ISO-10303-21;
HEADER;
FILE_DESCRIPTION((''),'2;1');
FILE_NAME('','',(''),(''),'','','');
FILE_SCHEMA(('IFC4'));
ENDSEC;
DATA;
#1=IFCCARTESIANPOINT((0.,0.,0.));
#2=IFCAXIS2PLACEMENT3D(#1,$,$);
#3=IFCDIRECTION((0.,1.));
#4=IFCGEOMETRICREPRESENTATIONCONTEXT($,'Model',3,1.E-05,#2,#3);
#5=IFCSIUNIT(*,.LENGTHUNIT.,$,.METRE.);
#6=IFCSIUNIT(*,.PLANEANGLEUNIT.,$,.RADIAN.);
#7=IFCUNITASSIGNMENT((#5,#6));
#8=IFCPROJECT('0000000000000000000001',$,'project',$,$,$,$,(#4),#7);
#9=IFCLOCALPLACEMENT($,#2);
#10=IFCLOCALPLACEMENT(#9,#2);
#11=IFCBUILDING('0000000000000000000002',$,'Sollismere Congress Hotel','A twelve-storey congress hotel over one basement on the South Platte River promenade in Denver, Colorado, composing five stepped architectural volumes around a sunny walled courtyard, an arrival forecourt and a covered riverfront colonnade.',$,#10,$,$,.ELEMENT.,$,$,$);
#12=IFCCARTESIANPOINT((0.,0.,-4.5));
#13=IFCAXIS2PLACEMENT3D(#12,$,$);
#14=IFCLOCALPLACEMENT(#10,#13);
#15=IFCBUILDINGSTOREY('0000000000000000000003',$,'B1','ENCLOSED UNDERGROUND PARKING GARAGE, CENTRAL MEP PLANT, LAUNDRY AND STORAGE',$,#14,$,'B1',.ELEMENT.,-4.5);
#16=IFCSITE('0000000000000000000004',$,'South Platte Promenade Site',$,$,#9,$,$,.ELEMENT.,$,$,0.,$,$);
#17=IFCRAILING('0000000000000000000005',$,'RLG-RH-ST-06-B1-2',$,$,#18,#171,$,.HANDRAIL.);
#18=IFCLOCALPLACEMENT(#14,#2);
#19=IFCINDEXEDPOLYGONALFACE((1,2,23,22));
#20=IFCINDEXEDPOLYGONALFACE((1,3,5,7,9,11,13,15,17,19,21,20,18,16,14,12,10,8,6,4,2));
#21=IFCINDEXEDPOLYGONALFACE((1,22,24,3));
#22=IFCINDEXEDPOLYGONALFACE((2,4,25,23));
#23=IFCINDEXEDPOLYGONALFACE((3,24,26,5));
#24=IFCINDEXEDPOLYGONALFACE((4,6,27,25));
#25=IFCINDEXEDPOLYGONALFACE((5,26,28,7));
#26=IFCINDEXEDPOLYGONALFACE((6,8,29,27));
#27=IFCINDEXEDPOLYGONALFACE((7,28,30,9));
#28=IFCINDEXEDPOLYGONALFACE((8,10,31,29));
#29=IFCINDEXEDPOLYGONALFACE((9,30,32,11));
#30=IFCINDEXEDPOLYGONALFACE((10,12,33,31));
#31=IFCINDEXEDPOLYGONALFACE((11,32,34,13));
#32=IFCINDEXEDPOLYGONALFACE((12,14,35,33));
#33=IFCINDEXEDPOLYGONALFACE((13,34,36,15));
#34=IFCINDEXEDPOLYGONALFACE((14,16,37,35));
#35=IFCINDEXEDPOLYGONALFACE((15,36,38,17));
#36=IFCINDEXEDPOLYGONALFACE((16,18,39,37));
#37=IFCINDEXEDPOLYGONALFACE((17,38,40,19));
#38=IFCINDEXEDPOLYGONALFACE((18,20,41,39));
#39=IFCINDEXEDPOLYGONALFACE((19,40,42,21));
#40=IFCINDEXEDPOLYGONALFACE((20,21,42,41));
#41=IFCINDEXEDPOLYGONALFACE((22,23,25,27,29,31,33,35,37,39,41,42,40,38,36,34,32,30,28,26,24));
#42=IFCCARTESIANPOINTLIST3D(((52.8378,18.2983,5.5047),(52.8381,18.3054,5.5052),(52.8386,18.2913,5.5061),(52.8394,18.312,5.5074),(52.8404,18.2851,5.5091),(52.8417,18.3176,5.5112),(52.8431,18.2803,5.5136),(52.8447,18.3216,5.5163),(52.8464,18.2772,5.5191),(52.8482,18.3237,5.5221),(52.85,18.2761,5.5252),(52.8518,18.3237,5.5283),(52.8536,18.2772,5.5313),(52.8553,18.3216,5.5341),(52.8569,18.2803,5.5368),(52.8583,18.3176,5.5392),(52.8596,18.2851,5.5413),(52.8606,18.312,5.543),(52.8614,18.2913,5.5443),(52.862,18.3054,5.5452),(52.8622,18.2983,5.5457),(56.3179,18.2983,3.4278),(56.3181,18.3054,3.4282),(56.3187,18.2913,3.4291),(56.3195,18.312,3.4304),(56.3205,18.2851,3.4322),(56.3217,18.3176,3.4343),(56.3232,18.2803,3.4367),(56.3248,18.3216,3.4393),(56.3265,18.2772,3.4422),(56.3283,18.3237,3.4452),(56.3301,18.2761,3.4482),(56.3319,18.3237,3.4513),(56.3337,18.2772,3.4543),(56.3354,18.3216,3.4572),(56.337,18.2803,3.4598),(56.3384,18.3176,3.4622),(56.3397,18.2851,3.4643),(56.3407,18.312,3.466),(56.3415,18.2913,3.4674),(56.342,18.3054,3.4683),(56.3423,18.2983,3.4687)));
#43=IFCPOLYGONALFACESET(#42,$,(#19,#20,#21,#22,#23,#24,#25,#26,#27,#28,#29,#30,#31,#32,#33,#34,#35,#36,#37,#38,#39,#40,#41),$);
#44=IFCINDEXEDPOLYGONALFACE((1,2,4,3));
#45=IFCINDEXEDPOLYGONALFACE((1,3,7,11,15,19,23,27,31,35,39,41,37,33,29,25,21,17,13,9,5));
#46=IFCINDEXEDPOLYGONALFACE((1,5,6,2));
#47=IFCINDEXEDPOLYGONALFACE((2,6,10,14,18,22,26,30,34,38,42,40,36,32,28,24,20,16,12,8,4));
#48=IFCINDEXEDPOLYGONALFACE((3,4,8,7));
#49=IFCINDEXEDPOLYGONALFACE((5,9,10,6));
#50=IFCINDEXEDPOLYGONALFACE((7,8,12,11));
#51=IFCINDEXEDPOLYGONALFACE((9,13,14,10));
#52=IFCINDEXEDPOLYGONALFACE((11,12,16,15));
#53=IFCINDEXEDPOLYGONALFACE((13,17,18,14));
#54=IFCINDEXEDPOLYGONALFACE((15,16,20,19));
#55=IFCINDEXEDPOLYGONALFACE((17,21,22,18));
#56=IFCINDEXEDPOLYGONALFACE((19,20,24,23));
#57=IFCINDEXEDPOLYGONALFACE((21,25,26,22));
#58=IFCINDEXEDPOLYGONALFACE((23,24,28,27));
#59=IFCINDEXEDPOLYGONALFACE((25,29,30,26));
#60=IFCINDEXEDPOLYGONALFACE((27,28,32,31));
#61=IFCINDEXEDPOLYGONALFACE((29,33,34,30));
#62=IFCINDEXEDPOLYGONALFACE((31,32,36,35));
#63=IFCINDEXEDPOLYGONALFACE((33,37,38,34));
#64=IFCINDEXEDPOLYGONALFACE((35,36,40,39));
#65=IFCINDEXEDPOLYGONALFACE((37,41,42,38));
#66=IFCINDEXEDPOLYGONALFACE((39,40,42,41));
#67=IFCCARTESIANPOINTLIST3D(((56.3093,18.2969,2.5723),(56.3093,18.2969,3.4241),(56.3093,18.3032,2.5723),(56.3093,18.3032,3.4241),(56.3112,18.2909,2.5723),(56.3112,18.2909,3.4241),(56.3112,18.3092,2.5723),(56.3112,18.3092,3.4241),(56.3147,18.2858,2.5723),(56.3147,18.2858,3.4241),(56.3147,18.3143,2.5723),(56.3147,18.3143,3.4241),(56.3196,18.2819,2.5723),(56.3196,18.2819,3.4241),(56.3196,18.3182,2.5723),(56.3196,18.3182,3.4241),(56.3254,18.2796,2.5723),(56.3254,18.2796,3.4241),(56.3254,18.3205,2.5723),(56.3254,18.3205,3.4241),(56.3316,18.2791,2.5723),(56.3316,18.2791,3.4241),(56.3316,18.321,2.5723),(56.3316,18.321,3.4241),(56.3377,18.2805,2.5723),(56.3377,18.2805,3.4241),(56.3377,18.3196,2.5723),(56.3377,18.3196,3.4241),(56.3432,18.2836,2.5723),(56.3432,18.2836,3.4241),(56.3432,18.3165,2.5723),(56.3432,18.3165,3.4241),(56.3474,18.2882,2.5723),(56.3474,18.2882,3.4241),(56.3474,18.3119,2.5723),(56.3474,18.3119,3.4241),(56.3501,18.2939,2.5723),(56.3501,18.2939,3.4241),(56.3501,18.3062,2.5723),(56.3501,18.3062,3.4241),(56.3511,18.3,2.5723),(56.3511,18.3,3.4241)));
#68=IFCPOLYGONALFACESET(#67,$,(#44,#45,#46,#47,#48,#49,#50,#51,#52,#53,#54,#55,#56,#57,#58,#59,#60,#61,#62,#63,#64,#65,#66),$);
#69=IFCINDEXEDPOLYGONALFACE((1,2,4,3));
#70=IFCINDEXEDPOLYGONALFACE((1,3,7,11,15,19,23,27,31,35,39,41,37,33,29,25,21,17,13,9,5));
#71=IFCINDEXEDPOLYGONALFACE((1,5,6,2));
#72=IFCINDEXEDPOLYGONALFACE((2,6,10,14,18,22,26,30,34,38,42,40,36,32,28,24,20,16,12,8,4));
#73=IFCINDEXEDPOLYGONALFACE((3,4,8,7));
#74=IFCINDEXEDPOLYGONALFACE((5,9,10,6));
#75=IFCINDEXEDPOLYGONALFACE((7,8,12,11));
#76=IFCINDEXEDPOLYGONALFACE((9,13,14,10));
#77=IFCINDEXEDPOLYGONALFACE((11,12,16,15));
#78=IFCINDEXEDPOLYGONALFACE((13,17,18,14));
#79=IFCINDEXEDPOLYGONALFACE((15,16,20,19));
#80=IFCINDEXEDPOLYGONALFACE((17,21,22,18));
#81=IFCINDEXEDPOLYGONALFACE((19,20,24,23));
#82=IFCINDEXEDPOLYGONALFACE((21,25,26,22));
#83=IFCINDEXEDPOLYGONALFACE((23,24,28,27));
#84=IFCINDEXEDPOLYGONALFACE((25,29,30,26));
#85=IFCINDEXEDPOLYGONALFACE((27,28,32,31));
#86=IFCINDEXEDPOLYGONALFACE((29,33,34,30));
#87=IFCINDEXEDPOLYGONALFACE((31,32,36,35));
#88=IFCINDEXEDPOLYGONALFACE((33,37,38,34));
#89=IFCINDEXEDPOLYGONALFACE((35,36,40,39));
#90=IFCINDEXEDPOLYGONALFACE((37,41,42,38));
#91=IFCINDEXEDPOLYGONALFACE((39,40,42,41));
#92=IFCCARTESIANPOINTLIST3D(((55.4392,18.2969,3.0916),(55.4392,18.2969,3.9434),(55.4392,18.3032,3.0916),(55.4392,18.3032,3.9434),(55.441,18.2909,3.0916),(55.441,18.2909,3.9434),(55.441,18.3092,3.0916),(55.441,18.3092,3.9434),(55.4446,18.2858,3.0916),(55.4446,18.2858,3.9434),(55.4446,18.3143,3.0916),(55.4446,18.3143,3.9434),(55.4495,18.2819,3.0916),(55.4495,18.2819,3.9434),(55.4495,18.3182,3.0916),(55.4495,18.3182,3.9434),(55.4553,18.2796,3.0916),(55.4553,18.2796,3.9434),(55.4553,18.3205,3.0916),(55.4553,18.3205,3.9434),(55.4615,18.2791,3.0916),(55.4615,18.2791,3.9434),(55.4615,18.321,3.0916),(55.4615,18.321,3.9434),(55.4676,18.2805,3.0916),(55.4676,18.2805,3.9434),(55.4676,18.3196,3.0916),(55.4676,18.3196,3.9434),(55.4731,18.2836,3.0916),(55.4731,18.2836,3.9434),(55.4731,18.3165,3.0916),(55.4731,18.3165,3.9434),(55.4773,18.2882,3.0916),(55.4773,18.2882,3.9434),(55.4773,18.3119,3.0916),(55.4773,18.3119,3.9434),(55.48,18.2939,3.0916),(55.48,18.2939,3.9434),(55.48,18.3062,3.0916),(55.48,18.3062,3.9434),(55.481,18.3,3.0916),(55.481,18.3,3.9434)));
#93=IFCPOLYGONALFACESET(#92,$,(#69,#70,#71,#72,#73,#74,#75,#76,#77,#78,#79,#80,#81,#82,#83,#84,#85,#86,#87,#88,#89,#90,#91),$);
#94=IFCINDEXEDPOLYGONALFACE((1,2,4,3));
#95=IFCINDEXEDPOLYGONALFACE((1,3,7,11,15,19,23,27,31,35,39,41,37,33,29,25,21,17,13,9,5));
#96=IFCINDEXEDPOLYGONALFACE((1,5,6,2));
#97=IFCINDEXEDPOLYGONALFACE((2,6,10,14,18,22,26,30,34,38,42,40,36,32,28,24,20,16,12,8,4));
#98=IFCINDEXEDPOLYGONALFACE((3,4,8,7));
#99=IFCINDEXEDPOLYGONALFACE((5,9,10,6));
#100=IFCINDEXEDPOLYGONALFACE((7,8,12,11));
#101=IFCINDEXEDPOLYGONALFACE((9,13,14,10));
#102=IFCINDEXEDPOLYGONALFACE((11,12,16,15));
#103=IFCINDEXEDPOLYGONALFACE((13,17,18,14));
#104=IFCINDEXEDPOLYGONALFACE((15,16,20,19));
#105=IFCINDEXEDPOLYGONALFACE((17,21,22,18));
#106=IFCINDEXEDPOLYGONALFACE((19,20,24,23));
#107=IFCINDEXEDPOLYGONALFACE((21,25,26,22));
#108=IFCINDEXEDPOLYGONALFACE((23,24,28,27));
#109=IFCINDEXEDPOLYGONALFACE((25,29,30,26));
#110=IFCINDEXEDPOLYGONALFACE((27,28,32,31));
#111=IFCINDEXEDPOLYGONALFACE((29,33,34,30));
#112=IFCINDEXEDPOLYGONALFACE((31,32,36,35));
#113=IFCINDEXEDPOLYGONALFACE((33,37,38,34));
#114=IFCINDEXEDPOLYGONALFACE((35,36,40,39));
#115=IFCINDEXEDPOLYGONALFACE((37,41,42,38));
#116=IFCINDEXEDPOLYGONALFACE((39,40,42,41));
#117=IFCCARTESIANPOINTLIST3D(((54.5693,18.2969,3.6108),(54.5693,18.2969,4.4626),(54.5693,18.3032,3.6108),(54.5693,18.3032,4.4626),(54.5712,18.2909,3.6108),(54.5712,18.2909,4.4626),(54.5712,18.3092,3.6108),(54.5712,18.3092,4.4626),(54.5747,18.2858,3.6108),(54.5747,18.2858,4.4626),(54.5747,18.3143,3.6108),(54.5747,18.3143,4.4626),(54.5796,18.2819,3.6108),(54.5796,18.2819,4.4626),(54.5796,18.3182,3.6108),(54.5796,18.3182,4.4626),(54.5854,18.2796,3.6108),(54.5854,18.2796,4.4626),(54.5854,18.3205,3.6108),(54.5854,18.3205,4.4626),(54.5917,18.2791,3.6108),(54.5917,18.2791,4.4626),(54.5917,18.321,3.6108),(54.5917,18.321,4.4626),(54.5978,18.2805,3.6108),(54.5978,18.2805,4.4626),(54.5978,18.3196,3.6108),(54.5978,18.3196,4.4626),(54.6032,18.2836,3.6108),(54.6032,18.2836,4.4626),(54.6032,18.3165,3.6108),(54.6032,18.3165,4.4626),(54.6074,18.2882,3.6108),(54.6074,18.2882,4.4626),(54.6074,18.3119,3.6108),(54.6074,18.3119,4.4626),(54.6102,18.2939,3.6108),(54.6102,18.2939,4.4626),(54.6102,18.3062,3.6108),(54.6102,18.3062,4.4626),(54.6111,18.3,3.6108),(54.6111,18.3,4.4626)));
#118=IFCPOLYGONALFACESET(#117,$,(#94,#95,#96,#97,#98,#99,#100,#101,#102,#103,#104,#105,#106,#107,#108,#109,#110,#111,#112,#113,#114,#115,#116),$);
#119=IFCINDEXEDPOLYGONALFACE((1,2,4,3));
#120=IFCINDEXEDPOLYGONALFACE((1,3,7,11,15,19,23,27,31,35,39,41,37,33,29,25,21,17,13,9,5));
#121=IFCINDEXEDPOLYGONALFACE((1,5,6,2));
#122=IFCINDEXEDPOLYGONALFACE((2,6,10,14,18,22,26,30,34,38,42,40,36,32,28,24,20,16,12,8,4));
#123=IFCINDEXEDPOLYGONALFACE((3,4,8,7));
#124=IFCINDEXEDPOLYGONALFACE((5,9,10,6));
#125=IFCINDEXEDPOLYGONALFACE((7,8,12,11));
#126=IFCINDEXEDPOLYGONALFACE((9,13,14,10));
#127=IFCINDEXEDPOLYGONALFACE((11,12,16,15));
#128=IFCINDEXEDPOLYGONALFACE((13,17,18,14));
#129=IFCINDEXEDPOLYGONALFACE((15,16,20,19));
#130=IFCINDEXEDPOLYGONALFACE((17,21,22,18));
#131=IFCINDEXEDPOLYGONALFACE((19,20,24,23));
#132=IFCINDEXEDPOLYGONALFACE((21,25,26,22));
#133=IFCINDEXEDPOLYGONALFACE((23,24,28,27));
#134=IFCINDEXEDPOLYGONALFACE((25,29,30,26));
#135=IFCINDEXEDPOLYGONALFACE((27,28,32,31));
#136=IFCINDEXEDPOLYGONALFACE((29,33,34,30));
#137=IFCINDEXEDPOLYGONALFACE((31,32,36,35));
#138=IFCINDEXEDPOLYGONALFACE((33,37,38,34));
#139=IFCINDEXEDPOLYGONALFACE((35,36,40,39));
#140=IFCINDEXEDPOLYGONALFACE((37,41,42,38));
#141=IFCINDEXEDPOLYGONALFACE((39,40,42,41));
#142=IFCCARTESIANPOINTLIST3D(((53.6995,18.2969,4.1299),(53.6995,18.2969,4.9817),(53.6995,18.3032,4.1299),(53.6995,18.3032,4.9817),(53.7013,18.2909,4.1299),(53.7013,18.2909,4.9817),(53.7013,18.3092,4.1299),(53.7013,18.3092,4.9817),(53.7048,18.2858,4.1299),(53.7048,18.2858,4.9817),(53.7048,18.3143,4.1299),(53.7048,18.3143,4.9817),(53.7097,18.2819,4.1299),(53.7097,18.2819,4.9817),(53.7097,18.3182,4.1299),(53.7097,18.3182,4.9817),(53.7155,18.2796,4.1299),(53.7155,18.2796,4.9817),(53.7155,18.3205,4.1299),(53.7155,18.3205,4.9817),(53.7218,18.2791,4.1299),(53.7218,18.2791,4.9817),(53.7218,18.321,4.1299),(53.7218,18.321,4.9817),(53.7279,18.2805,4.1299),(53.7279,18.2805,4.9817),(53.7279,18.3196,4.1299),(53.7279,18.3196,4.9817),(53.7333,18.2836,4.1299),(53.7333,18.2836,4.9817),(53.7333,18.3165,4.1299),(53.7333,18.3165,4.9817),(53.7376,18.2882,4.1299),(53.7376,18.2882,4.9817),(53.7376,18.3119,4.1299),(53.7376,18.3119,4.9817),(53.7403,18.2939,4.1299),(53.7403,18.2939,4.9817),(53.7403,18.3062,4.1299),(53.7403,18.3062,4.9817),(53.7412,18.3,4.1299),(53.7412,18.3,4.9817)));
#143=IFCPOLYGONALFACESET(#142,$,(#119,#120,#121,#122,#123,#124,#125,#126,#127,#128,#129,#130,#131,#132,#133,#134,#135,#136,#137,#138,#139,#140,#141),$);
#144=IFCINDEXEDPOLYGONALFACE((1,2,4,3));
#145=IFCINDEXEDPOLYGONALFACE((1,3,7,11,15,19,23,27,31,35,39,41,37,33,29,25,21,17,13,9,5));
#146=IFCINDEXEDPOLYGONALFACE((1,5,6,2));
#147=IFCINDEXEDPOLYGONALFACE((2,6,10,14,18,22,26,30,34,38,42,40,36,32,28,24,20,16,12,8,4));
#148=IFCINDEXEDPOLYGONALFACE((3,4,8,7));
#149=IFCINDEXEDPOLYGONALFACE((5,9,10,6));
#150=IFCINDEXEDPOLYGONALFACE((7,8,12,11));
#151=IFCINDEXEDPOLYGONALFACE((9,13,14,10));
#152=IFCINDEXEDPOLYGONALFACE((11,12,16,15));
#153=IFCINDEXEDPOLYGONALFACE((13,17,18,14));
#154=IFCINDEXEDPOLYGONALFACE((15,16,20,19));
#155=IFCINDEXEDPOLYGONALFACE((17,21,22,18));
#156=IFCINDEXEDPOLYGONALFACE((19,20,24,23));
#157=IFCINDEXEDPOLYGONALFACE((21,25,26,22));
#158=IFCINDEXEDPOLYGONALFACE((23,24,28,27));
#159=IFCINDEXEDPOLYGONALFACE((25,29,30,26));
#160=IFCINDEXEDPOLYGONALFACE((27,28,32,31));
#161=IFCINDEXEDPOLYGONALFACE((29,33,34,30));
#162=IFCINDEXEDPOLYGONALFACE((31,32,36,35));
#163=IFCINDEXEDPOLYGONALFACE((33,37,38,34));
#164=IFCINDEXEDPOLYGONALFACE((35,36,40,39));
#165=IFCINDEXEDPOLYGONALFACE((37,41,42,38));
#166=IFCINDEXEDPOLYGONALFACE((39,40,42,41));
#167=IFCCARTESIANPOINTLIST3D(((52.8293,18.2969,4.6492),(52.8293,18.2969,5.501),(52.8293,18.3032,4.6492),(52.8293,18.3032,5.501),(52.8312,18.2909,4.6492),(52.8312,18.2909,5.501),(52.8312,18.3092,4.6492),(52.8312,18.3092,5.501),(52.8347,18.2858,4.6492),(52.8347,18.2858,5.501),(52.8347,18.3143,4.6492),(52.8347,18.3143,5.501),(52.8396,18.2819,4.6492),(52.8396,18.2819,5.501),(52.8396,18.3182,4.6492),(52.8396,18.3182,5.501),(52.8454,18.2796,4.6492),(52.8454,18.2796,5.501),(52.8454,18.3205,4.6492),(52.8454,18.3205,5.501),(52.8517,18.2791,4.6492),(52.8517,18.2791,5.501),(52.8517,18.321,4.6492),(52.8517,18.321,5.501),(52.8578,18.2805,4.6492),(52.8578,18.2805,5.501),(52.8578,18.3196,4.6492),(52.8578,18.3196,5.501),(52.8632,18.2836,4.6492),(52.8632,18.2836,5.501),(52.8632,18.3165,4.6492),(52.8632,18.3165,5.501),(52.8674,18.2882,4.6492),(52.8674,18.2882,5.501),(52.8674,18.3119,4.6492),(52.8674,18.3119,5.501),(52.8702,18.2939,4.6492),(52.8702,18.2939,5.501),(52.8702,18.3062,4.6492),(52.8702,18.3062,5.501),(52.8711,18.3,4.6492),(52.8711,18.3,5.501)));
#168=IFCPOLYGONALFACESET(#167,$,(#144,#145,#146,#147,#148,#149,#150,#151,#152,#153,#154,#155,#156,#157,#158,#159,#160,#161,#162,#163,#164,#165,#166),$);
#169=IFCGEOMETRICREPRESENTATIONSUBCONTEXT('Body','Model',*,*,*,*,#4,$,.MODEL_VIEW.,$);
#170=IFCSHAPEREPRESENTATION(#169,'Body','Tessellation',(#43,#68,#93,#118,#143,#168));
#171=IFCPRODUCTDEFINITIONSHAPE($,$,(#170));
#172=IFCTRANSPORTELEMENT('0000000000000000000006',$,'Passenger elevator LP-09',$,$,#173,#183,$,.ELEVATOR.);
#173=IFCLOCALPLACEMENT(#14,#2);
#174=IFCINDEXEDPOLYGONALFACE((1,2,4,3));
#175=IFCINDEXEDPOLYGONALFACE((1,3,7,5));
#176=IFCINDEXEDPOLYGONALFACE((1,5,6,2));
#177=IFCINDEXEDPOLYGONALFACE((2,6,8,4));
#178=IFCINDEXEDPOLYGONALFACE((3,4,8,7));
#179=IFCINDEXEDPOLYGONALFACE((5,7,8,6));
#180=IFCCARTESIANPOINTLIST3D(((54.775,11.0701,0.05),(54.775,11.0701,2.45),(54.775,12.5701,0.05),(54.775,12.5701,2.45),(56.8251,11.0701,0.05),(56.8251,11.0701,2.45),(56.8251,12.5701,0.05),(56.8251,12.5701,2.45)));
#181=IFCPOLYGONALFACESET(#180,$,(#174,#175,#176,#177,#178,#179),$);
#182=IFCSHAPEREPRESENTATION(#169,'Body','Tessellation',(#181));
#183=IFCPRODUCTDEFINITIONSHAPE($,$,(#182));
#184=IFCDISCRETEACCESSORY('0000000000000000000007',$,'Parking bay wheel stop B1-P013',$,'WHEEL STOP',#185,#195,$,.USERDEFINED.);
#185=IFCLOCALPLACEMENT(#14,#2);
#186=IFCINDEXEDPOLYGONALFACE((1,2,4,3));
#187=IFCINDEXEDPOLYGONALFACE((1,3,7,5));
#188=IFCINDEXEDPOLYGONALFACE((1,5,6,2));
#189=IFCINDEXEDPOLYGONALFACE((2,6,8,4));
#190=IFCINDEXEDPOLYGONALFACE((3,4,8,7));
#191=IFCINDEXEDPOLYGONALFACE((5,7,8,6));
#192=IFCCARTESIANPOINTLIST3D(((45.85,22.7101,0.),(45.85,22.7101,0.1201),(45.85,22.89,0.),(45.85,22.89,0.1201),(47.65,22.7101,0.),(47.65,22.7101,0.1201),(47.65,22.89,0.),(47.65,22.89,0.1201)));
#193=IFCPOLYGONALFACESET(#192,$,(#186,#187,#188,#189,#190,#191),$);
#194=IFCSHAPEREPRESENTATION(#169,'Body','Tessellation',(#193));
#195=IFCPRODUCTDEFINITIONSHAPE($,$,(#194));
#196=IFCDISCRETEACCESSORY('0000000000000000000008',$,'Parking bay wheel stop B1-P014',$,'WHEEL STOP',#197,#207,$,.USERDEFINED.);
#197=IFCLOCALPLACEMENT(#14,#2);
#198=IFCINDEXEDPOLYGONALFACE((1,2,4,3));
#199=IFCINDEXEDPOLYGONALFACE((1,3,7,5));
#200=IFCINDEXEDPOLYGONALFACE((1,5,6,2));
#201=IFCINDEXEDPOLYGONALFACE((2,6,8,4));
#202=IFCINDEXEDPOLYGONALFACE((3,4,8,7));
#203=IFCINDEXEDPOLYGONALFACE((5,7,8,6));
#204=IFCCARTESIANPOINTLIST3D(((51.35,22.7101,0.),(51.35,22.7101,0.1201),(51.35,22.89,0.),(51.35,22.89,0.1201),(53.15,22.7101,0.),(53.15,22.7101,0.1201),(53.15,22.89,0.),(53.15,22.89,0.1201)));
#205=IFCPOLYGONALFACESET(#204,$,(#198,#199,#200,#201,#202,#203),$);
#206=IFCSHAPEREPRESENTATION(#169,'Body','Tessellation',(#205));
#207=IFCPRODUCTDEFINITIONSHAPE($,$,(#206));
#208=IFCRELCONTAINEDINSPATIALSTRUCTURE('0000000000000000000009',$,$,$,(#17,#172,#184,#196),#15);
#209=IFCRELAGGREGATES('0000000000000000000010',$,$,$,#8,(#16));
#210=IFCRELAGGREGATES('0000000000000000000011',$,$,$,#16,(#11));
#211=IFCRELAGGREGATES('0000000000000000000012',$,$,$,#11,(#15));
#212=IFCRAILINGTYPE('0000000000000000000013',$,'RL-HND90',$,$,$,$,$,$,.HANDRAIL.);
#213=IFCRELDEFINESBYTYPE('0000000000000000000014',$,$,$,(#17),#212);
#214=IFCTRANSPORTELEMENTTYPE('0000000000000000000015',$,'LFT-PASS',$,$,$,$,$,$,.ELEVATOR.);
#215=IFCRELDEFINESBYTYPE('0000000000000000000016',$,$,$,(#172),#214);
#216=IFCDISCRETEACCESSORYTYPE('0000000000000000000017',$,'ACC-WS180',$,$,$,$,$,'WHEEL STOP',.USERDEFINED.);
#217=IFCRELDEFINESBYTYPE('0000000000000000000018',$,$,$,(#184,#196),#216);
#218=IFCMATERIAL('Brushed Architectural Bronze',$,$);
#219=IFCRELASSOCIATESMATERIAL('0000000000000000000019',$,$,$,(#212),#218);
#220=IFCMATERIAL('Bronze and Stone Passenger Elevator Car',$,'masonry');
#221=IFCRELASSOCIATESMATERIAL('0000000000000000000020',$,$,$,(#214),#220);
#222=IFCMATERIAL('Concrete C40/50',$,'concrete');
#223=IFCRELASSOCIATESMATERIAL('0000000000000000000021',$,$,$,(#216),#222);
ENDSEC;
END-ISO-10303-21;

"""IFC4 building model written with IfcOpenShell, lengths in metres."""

from ifc_helpers import new_model, si_unit, direction, frame, origin, origin_2d, place, context, subcontext, project, spatial, rectangle, circle, extrude, material, type_object, element, save


model = new_model("IFC4")

# Units and contexts
model_context = context("Model", 3, precision=1e-05, world=origin(), true_north=direction((0.0, 1.0)))
body_context = subcontext(model_context, "Body", "Model", "MODEL_VIEW")
ifc_project = project(units=[si_unit("LENGTHUNIT", "METRE"), si_unit("PLANEANGLEUNIT", "RADIAN")], contexts=[model_context])

# Site, building, storey
site_placement = place(None, origin())
site = spatial("IfcSite", under=ifc_project, at=site_placement, Name="South Platte Promenade Site", CompositionType="ELEMENT", RefElevation=0.0)
building_placement = place(site_placement, origin())
building = spatial("IfcBuilding", under=site, at=building_placement, Name="Sollismere Congress Hotel", Description="A twelve-storey congress hotel over one basement on the South Platte River promenade in Denver, Colorado, composing five stepped architectural volumes around a sunny walled courtyard, an arrival forecourt and a covered riverfront colonnade.", CompositionType="ELEMENT")
storey_placement = place(building_placement, frame((0.0, 0.0, -4.5)))
storey = spatial("IfcBuildingStorey", under=building, at=storey_placement, Name="B1", Description="ENCLOSED UNDERGROUND PARKING GARAGE, CENTRAL MEP PLANT, LAUNDRY AND STORAGE", LongName="B1", CompositionType="ELEMENT", Elevation=-4.5)

# Shared definitions
ifc_material_1 = material(Name="Concrete C40/50", Category="concrete")

# Railing
ifc_material_2 = material(Name="Brushed Architectural Bronze")
railing_type_1 = type_object("IfcRailingType", Name="RL-HND90", PredefinedType="HANDRAIL", material=ifc_material_2)
railing_1_placement = place(storey_placement, frame((56.3301, 18.3, 2.5723)))
element("IfcRailing", 1, at=railing_1_placement, inside=storey, type_object=railing_type_1, Name="RLG-RH-ST-06-B1-2", PredefinedType="HANDRAIL", context=body_context, shape_type="SweptSolid", body=[
    extrude(circle(Radius=0.0239, at=origin_2d()), frame((0.0, 0.0, 0.876), z_axis=(-0.858697, 0.0, 0.512483), x_axis=(0.0, -1.0, 0.0)), (0.0, 0.0, 1.0), 4.0527),
    extrude(circle(Radius=0.021, at=origin_2d()), origin(), (0.0, 0.0, 1.0), 0.8518),
    extrude(circle(Radius=0.021, at=origin_2d()), frame((-0.8701, 0.0, 0.5193)), (0.0, 0.0, 1.0), 0.8518),
    extrude(circle(Radius=0.021, at=origin_2d()), frame((-1.74, 0.0, 1.0386)), (0.0, 0.0, 1.0), 0.8518),
    extrude(circle(Radius=0.021, at=origin_2d()), frame((-2.6099, 0.0, 1.5576)), (0.0, 0.0, 1.0), 0.8518),
    extrude(circle(Radius=0.021, at=origin_2d()), frame((-3.48, 0.0, 2.0769)), (0.0, 0.0, 1.0), 0.8518),
])

# Transport element
ifc_material_3 = material(Name="Bronze and Stone Passenger Elevator Car", Category="masonry")
transport_element_type = type_object("IfcTransportElementType", Name="LFT-PASS", PredefinedType="ELEVATOR", material=ifc_material_3)
transport_element_placement = place(storey_placement, frame((55.8, 11.8201, 0.05), z_axis=(0.0, 0.0, 1.0), x_axis=(1.0, 0.0, 0.0)))
element("IfcTransportElement", 2, at=transport_element_placement, inside=storey, type_object=transport_element_type, Name="Passenger elevator LP-09", PredefinedType="ELEVATOR", context=body_context, shape_type="SweptSolid", body=[
    extrude(rectangle(XDim=2.05, YDim=1.5, at=origin_2d()), origin(), (0.0, 0.0, 1.0), 2.3999),
])

# Discrete accessories
discrete_accessory_type = type_object("IfcDiscreteAccessoryType", Name="ACC-WS180", ElementType="WHEEL STOP", PredefinedType="USERDEFINED", material=ifc_material_1)
for number, where, z_axis, x_axis, name in (
    (3, (46.75, 22.8, 0.0), (0.0, 0.0, 1.0), (1.0, 0.0, 0.0), "Parking bay wheel stop B1-P013"),
    (4, (52.25, 22.8, 0.0), (0.0, 0.0, 1.0), (1.0, 0.0, 0.0), "Parking bay wheel stop B1-P014"),
):
    element("IfcDiscreteAccessory", number, at=place(storey_placement, frame(where, z_axis=z_axis, x_axis=x_axis)), inside=storey, type_object=discrete_accessory_type, Name=name, ObjectType="WHEEL STOP", PredefinedType="USERDEFINED", context=body_context, shape_type="SweptSolid", body=[
        extrude(rectangle(XDim=1.8, YDim=0.1799, at=origin_2d()), origin(), (0.0, 0.0, 1.0), 0.1201),
    ])

save(model, "model.ifc")
